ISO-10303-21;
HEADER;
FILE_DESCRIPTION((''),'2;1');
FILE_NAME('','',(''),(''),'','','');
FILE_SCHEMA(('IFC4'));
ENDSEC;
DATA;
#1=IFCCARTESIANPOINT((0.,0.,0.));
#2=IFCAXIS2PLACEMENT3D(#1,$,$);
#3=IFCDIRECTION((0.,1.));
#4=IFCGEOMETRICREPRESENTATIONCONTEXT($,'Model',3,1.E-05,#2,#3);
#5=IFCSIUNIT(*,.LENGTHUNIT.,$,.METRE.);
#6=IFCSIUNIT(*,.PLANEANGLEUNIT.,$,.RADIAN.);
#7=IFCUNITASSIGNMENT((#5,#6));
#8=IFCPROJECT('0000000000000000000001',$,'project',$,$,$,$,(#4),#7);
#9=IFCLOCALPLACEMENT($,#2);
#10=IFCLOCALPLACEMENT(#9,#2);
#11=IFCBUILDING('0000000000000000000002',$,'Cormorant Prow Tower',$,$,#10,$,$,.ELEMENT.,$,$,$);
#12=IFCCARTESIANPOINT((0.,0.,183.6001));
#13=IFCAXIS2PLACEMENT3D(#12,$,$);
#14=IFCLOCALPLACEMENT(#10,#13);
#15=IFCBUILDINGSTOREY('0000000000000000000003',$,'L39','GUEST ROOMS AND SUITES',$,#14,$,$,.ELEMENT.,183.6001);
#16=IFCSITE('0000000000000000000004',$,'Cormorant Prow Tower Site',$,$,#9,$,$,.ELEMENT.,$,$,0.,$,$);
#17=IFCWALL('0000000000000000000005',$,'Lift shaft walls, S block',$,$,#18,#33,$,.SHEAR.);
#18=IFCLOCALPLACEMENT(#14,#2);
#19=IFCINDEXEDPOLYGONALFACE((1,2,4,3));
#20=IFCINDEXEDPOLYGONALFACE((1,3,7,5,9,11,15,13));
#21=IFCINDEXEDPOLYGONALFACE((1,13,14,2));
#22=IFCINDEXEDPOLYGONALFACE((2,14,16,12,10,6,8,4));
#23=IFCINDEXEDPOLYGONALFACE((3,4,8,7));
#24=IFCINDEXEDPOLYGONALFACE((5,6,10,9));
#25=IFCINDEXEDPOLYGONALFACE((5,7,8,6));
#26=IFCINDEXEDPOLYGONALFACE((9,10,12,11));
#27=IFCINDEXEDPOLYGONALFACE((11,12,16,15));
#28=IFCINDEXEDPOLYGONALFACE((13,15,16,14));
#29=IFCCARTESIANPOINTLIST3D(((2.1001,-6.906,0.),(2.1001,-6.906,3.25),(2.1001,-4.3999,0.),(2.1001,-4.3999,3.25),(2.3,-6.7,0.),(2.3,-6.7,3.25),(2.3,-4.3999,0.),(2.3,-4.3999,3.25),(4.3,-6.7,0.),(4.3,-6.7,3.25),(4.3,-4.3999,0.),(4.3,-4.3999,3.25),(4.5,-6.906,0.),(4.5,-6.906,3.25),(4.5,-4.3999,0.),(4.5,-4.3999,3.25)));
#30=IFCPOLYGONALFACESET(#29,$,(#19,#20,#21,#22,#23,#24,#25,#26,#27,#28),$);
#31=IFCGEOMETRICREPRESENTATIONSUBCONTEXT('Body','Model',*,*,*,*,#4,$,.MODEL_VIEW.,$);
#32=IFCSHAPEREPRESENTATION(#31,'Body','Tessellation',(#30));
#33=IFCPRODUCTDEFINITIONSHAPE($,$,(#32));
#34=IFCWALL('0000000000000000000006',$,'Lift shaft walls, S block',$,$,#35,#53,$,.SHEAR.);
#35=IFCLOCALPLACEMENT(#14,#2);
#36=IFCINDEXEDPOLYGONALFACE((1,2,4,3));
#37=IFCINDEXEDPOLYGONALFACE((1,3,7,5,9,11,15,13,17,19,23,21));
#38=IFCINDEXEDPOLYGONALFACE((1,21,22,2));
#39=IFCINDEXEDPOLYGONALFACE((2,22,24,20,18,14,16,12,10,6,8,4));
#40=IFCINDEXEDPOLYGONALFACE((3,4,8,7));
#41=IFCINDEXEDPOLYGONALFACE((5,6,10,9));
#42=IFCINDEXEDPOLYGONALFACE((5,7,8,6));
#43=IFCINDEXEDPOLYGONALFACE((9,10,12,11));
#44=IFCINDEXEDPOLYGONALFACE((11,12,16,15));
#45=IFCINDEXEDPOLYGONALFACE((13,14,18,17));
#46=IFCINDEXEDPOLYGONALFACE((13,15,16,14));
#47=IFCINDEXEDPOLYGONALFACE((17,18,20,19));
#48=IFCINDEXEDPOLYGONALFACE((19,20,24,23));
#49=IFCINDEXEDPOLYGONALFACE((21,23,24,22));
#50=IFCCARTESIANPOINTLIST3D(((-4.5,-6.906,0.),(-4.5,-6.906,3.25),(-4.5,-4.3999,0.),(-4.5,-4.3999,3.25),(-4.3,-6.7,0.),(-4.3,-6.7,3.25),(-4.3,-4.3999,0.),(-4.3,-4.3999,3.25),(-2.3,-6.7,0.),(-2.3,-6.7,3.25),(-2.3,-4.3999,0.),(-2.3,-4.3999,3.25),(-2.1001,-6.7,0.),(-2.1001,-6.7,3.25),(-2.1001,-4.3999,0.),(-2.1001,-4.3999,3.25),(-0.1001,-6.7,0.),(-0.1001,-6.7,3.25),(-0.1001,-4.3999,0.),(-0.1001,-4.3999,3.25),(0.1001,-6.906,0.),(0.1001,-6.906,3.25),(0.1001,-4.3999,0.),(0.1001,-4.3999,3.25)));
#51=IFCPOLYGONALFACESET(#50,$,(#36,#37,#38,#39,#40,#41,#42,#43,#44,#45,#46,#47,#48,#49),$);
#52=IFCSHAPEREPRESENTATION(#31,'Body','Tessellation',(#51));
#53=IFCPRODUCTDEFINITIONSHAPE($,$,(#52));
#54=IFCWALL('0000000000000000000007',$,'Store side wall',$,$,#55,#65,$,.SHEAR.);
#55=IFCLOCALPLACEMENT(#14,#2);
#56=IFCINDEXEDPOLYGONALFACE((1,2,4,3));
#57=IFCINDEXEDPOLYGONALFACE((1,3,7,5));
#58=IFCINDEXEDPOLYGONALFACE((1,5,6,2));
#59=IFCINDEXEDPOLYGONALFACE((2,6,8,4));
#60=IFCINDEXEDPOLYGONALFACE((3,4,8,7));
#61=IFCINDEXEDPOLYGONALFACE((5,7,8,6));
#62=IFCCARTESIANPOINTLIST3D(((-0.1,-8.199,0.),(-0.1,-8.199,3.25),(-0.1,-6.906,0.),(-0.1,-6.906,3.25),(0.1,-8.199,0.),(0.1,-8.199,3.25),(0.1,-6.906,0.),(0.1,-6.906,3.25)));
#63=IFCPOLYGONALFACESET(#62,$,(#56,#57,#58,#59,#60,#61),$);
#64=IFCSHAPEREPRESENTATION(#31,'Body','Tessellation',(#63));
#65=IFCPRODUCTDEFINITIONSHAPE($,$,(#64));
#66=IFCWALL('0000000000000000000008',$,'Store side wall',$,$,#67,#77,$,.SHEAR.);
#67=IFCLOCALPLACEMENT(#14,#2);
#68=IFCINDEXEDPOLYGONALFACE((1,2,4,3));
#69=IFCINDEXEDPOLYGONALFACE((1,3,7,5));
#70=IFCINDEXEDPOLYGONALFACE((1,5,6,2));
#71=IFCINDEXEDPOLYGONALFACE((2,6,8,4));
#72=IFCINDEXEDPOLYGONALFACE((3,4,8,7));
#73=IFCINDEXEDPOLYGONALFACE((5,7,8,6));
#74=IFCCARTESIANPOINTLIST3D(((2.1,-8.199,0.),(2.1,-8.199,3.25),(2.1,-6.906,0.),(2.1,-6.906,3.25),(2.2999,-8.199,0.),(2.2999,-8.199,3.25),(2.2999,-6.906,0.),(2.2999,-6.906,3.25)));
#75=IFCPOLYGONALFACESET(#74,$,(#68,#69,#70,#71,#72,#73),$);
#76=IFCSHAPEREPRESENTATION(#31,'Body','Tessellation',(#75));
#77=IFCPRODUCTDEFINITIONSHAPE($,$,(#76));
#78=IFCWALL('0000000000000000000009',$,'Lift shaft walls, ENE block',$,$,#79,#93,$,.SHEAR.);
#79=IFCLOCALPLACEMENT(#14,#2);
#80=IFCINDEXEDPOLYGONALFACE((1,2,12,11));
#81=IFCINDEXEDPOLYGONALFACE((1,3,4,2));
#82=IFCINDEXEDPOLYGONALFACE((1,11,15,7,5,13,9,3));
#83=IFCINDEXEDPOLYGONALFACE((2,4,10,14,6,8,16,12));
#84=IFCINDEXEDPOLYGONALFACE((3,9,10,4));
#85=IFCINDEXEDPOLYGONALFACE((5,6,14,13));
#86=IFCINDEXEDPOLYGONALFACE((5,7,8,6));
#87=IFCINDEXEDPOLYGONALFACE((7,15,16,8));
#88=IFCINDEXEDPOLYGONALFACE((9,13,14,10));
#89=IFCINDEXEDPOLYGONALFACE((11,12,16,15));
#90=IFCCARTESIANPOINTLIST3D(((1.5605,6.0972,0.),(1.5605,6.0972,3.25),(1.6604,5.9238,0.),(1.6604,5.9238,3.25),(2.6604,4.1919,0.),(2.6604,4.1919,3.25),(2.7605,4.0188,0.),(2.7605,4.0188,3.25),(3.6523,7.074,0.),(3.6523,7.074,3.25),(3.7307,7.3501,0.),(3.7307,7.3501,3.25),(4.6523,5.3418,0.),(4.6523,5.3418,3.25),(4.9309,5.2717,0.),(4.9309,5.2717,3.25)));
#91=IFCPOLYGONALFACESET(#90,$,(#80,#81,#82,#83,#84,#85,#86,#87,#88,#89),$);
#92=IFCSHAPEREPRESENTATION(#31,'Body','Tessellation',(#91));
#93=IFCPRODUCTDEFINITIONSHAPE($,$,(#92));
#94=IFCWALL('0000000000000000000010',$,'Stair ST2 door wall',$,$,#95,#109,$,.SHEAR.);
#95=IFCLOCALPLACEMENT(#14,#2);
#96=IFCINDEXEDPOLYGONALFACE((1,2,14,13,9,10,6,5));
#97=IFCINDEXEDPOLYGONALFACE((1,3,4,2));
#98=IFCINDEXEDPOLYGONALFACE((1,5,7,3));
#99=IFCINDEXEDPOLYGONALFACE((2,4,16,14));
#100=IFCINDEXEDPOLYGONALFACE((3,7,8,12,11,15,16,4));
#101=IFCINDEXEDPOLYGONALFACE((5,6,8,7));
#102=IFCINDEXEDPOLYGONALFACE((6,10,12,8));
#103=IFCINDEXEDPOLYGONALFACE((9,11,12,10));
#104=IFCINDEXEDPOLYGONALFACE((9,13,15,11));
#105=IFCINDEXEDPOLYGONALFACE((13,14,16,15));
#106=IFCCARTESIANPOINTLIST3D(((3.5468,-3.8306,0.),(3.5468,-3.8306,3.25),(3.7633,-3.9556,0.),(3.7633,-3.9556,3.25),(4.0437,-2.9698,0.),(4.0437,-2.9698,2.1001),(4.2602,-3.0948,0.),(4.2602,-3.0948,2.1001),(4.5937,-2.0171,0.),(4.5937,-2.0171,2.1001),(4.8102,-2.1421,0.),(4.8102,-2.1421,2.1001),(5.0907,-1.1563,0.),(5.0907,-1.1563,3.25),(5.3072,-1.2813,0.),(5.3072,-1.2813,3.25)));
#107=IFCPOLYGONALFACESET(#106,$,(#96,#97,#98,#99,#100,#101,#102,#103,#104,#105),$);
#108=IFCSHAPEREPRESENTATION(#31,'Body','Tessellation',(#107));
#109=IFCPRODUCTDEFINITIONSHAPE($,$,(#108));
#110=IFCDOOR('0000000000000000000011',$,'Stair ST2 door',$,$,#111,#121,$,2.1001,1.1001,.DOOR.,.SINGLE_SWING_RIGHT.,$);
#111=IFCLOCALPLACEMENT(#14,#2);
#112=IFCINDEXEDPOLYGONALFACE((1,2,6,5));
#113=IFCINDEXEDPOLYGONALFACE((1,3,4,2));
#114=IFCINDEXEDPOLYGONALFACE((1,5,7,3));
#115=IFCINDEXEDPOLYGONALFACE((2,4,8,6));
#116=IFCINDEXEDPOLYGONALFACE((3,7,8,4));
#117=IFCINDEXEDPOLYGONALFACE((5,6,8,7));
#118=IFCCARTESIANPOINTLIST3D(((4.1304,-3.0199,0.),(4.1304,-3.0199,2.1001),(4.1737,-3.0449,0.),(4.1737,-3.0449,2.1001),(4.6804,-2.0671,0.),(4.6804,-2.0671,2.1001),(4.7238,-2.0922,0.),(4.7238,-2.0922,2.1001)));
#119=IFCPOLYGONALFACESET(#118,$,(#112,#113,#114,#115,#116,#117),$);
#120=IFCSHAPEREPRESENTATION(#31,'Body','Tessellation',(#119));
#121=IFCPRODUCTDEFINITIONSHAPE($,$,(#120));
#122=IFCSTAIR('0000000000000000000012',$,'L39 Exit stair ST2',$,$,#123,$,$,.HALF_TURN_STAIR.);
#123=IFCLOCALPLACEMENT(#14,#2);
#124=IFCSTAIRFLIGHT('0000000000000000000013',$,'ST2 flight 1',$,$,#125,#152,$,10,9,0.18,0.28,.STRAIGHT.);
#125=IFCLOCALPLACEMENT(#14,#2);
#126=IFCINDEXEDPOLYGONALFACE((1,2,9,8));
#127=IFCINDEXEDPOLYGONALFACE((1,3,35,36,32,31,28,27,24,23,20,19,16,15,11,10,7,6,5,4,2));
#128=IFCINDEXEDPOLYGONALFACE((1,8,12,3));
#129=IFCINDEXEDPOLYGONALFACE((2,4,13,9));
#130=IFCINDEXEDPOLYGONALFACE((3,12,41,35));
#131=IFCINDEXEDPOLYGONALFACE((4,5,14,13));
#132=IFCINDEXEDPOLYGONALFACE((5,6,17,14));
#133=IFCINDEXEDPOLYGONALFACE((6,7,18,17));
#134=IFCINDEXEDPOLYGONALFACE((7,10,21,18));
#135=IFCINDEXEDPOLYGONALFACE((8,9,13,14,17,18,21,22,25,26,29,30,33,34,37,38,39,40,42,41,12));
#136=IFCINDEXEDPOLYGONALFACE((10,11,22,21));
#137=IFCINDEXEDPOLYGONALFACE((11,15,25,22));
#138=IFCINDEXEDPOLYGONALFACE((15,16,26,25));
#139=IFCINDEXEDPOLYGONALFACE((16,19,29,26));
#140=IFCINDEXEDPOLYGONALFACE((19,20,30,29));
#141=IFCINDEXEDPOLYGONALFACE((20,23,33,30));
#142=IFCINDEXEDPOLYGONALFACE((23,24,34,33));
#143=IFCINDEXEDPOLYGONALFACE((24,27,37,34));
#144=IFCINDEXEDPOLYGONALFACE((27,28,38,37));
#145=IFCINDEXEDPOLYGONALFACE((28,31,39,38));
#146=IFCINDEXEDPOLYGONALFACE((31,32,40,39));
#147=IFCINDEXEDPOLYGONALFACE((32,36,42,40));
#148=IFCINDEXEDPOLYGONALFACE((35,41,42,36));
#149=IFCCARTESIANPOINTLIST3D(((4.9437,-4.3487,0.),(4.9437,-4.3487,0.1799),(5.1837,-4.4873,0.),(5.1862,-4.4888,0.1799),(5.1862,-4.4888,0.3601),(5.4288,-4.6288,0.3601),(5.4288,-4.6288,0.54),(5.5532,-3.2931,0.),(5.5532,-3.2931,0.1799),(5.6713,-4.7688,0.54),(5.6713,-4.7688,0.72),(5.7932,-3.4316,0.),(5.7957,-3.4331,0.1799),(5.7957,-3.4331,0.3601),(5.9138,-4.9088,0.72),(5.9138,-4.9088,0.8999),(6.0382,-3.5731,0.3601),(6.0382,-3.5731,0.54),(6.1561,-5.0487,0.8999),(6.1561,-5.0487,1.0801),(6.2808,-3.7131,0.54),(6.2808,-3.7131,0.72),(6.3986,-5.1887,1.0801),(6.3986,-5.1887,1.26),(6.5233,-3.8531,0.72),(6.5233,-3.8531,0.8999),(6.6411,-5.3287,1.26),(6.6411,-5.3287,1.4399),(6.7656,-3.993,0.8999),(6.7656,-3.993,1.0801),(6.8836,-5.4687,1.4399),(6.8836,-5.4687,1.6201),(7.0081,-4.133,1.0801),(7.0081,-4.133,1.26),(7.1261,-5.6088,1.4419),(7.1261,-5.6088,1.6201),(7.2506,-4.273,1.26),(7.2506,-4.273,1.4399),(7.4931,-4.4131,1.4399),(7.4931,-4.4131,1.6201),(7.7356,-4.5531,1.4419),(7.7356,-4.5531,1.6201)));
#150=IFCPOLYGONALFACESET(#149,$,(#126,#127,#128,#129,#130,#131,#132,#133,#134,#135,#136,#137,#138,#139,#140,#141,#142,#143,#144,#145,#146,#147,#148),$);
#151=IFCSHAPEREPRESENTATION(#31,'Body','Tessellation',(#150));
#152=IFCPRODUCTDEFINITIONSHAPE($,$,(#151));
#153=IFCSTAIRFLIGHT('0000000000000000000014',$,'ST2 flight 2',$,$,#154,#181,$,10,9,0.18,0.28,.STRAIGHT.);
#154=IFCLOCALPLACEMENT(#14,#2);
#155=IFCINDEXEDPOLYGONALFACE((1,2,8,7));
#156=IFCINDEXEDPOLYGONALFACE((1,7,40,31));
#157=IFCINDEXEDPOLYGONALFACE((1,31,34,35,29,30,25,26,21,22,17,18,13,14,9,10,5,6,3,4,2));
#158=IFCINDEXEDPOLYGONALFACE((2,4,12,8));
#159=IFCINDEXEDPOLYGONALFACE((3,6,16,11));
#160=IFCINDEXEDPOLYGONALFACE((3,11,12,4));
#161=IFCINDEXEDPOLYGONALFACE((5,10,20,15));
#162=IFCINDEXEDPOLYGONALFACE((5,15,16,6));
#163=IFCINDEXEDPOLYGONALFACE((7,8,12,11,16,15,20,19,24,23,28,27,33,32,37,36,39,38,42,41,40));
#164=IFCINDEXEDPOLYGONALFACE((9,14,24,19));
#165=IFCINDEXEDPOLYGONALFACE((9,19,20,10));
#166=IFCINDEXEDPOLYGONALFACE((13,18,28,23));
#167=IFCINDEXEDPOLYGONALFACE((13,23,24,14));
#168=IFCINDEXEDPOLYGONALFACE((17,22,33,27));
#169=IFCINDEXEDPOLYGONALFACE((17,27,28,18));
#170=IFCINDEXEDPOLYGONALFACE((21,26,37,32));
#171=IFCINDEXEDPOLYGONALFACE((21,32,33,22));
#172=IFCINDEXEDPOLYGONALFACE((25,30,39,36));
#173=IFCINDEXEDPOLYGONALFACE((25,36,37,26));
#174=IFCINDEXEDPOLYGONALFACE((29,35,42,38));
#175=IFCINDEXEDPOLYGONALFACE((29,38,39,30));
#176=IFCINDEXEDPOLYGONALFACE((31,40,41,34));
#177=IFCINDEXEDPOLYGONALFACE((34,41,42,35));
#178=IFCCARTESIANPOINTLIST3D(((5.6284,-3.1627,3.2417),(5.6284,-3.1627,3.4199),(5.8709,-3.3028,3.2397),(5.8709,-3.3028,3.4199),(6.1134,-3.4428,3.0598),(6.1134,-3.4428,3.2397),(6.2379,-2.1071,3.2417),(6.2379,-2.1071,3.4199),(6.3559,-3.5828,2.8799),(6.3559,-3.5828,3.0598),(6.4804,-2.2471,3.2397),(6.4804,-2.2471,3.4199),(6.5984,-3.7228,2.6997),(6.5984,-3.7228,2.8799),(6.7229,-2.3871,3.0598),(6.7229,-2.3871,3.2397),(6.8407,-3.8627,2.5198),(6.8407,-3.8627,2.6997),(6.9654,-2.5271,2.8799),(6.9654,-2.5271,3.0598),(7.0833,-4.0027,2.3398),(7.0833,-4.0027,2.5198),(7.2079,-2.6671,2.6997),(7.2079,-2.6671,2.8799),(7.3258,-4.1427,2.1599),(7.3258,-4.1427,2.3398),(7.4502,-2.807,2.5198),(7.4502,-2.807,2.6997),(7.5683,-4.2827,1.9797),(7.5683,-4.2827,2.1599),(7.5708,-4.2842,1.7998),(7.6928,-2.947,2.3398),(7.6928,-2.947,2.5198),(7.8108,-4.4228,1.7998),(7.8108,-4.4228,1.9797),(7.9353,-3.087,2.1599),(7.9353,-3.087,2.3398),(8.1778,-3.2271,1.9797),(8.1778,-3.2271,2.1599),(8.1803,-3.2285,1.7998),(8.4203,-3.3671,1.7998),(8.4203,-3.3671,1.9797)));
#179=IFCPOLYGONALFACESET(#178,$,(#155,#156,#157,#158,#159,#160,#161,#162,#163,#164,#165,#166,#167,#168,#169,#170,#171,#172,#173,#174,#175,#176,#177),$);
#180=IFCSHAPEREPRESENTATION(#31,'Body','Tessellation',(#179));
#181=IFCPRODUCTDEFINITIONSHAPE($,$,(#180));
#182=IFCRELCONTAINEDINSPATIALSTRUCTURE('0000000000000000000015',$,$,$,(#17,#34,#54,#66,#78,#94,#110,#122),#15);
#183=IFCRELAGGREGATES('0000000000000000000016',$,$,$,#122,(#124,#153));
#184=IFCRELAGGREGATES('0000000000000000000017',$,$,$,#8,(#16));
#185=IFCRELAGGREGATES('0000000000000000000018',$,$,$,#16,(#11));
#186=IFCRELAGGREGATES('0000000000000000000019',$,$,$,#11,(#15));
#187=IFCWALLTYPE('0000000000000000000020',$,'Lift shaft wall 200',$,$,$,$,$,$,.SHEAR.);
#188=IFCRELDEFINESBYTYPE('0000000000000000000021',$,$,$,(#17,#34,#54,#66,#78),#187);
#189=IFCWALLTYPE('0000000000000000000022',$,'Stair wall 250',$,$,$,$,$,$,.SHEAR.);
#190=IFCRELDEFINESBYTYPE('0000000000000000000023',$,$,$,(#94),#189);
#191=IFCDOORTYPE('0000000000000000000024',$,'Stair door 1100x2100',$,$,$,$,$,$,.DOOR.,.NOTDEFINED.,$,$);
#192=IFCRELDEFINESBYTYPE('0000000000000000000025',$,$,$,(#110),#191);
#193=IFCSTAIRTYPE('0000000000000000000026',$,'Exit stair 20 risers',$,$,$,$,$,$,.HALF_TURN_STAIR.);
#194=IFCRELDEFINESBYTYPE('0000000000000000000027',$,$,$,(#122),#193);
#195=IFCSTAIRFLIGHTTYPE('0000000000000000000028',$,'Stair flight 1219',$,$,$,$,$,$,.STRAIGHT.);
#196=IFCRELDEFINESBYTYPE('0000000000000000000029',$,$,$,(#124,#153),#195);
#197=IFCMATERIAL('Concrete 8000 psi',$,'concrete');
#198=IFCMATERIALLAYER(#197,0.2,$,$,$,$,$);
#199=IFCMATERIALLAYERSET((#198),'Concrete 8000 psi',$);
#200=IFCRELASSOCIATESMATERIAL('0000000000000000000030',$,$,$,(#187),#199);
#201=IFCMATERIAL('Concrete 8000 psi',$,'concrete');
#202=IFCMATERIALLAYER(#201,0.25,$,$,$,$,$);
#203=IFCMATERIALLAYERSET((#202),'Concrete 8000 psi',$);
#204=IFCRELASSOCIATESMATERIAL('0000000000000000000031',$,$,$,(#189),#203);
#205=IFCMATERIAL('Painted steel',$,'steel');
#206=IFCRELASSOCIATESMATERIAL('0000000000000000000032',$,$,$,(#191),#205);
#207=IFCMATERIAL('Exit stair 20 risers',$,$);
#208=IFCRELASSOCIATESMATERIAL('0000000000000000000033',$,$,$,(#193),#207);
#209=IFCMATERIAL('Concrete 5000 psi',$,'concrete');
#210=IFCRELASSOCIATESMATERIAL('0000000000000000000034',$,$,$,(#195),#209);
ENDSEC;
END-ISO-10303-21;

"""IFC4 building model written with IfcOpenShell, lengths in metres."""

from ifc_helpers import new_model, si_unit, direction, frame, frame_2d, origin, place, context, subcontext, project, spatial, polyline, rectangle, outline, extrude, material, layer, layer_set, type_object, element, fill, aggregate, save


model = new_model("IFC4")

# Units and contexts
model_context = context("Model", 3, precision=1e-05, world=origin(), true_north=direction((0.0, 1.0)))
body_context = subcontext(model_context, "Body", "Model", "MODEL_VIEW")
ifc_project = project(units=[si_unit("LENGTHUNIT", "METRE"), si_unit("PLANEANGLEUNIT", "RADIAN")], contexts=[model_context])

# Site, building, storey
site_placement = place(None, origin())
site = spatial("IfcSite", under=ifc_project, at=site_placement, Name="Cormorant Prow Tower Site", CompositionType="ELEMENT", RefElevation=0.0)
building_placement = place(site_placement, origin())
building = spatial("IfcBuilding", under=site, at=building_placement, Name="Cormorant Prow Tower", CompositionType="ELEMENT")
storey_placement = place(building_placement, frame((0.0, 0.0, 183.6001)))
storey = spatial("IfcBuildingStorey", under=building, at=storey_placement, Name="L39", Description="GUEST ROOMS AND SUITES", CompositionType="ELEMENT", Elevation=183.6001)

# Walls
ifc_material_1 = material(Name="Concrete 8000 psi", Category="concrete")
ifc_layer_1 = layer(ifc_material_1, 0.2)
ifc_layer_set_1 = layer_set([ifc_layer_1], Name="Concrete 8000 psi")
wall_type_1 = type_object("IfcWallType", Name="Lift shaft wall 200", PredefinedType="SHEAR", material=ifc_layer_set_1)
wall_1_placement = place(storey_placement, origin())
element("IfcWall", 1, at=wall_1_placement, inside=storey, type_object=wall_type_1, Name="Lift shaft walls, S block", PredefinedType="SHEAR", context=body_context, shape_type="SweptSolid", body=[
    extrude(outline(polyline([(4.5, -4.3999), (4.5, -6.906), (2.1001, -6.906), (2.1001, -4.3999), (2.3, -4.3999), (2.3, -6.7), (4.3, -6.7), (4.3, -4.3999), (4.5, -4.3999)])), origin(), (0.0, 0.0, 1.0), 3.25),
])
wall_2_placement = place(storey_placement, origin())
element("IfcWall", 2, at=wall_2_placement, inside=storey, type_object=wall_type_1, Name="Lift shaft walls, S block", PredefinedType="SHEAR", context=body_context, shape_type="SweptSolid", body=[
    extrude(outline(polyline([(0.1001, -4.3999), (0.1001, -6.906), (-4.5, -6.906), (-4.5, -4.3999), (-4.3, -4.3999), (-4.3, -6.7), (-2.3, -6.7), (-2.3, -4.3999), (-2.1001, -4.3999), (-2.1001, -6.7), (-0.1001, -6.7), (-0.1001, -4.3999), (0.1001, -4.3999)])), origin(), (0.0, 0.0, 1.0), 3.25),
])
for number, where, z_axis, x_axis, name in (
    (3, (0.0, -6.906, 0.0), (0.0, 0.0, 1.0), (0.0, -1.0, 0.0), "Store side wall"),
    (4, (2.2, -6.906, 0.0), (0.0, 0.0, 1.0), (0.0, -1.0, 0.0), "Store side wall"),
):
    element("IfcWall", number, at=place(storey_placement, frame(where, z_axis=z_axis, x_axis=x_axis)), inside=storey, type_object=wall_type_1, Name=name, PredefinedType="SHEAR", context=body_context, shape_type="SweptSolid", body=[
        extrude(rectangle(XDim=1.293, YDim=0.2, at=frame_2d((0.6465, 0.0))), origin(), (0.0, 0.0, 1.0), 3.25),
    ])
wall_3_placement = place(storey_placement, origin())
element("IfcWall", 5, at=wall_3_placement, inside=storey, type_object=wall_type_1, Name="Lift shaft walls, ENE block", PredefinedType="SHEAR", context=body_context, shape_type="SweptSolid", body=[
    extrude(outline(polyline([(1.5605, 6.0972), (3.7307, 7.3501), (4.9309, 5.2717), (2.7605, 4.0188), (2.6604, 4.1919), (4.6523, 5.3418), (3.6523, 7.074), (1.6604, 5.9238), (1.5605, 6.0972)])), origin(), (0.0, 0.0, 1.0), 3.25),
])

# Wall, opening, door
ifc_material_2 = material(Name="Concrete 8000 psi", Category="concrete")
ifc_layer_2 = layer(ifc_material_2, 0.25)
ifc_layer_set_2 = layer_set([ifc_layer_2], Name="Concrete 8000 psi")
wall_type_2 = type_object("IfcWallType", Name="Stair wall 250", PredefinedType="SHEAR", material=ifc_layer_set_2)
wall_4_placement = place(storey_placement, frame((3.655, -3.8931, 0.0), z_axis=(0.0, 0.0, 1.0), x_axis=(0.499983, 0.866035, 0.0)))
wall_4 = element("IfcWall", 6, at=wall_4_placement, inside=storey, type_object=wall_type_2, Name="Stair ST2 door wall", PredefinedType="SHEAR", context=body_context, shape_type="SweptSolid", body=[
    extrude(rectangle(XDim=3.0879, YDim=0.25, at=frame_2d((1.5439, 0.0))), origin(), (0.0, 0.0, 1.0), 3.25),
])
opening_1_placement = place(wall_4_placement, frame((0.9939, 0.0, 0.0)))
opening_1 = element("IfcOpeningElement", 7, at=opening_1_placement, cuts=wall_4, PredefinedType="OPENING", context=body_context, shape_type="SweptSolid", body=[
    extrude(rectangle(XDim=1.1001, YDim=2.1001, at=frame_2d((0.55, 1.05))), frame((0.0, 0.135, 0.0), z_axis=(0.0, -1.0, 0.0), x_axis=(1.0, 0.0, 0.0)), (0.0, 0.0, 1.0), 0.27),
])
ifc_material_3 = material(Name="Painted steel", Category="steel")
door_type_1 = type_object("IfcDoorType", Name="Stair door 1100x2100", OperationType="NOTDEFINED", PredefinedType="DOOR", material=ifc_material_3)
door_1_placement = place(opening_1_placement, origin())
door_1 = element("IfcDoor", 8, at=door_1_placement, inside=storey, type_object=door_type_1, Name="Stair ST2 door", OperationType="SINGLE_SWING_RIGHT", OverallHeight=2.1001, OverallWidth=1.1001, PredefinedType="DOOR", context=body_context, shape_type="SweptSolid", body=[
    extrude(rectangle(XDim=1.1001, YDim=2.1001, at=frame_2d((0.55, 1.05))), frame((0.0, 0.0249, 0.0), z_axis=(0.0, -1.0, 0.0), x_axis=(1.0, 0.0, 0.0)), (0.0, 0.0, 1.0), 0.05),
])
fill(opening_1, door_1)

# Stair, stair flights
ifc_material_4 = material(Name="Exit stair 20 risers")
stair_type = type_object("IfcStairType", Name="Exit stair 20 risers", PredefinedType="HALF_TURN_STAIR", material=ifc_material_4)
stair_placement = place(storey_placement, origin())
stair = element("IfcStair", 9, at=stair_placement, inside=storey, type_object=stair_type, Name="L39 Exit stair ST2", PredefinedType="HALF_TURN_STAIR")
ifc_material_5 = material(Name="Concrete 5000 psi", Category="concrete")
stair_flight_type = type_object("IfcStairFlightType", Name="Stair flight 1219", PredefinedType="STRAIGHT", material=ifc_material_5)
stair_flight_1_placement = place(storey_placement, frame((5.2485, -3.8208, 0.0), z_axis=(0.0, 0.0, 1.0), x_axis=(0.866025, -0.5, 0.0)))
stair_flight_1 = element("IfcStairFlight", 10, at=stair_flight_1_placement, type_object=stair_flight_type, Name="ST2 flight 1", NumberOfRisers=10, NumberOfTreads=9, PredefinedType="STRAIGHT", RiserHeight=0.18, TreadLength=0.28, context=body_context, shape_type="SweptSolid", body=[
    extrude(outline(polyline([(0.0, 0.0), (0.0, 0.1799), (0.28, 0.1799), (0.28, 0.3601), (0.5601, 0.3601), (0.5601, 0.54), (0.8401, 0.54), (0.8401, 0.72), (1.1201, 0.72), (1.1201, 0.8999), (1.3999, 0.8999), (1.3999, 1.0801), (1.6799, 1.0801), (1.6799, 1.26), (1.96, 1.26), (1.96, 1.4399), (2.24, 1.4399), (2.24, 1.6201), (2.52, 1.6201), (2.52, 1.8), (2.52, 1.4419), (0.2771, 0.0), (0.0, 0.0)])), frame((0.0, 0.6094, 0.0), z_axis=(0.0, -1.0, 0.0), x_axis=(1.0, 0.0, 0.0)), (0.0, 0.0, 1.0), 1.219),
])
stair_flight_2_placement = place(storey_placement, frame((8.1155, -3.895, 1.7998), z_axis=(0.0, 0.0, 1.0), x_axis=(-0.866025, 0.5, 0.0)))
stair_flight_2 = element("IfcStairFlight", 11, at=stair_flight_2_placement, type_object=stair_flight_type, Name="ST2 flight 2", NumberOfRisers=10, NumberOfTreads=9, PredefinedType="STRAIGHT", RiserHeight=0.18, TreadLength=0.28, context=body_context, shape_type="SweptSolid", body=[
    extrude(outline(polyline([(0.0, 0.0), (0.0, 0.1799), (0.28, 0.1799), (0.28, 0.3601), (0.5601, 0.3601), (0.5601, 0.54), (0.8401, 0.54), (0.8401, 0.72), (1.1201, 0.72), (1.1201, 0.8999), (1.3999, 0.8999), (1.3999, 1.0801), (1.6799, 1.0801), (1.6799, 1.26), (1.96, 1.26), (1.96, 1.4399), (2.24, 1.4399), (2.24, 1.6201), (2.52, 1.6201), (2.52, 1.8), (2.52, 1.4419), (0.2771, 0.0), (0.0, 0.0)])), frame((0.0, 0.6094, 0.0), z_axis=(0.0, -1.0, 0.0), x_axis=(1.0, 0.0, 0.0)), (0.0, 0.0, 1.0), 1.219),
])
aggregate(stair, [stair_flight_1, stair_flight_2])

save(model, "model.ifc")
